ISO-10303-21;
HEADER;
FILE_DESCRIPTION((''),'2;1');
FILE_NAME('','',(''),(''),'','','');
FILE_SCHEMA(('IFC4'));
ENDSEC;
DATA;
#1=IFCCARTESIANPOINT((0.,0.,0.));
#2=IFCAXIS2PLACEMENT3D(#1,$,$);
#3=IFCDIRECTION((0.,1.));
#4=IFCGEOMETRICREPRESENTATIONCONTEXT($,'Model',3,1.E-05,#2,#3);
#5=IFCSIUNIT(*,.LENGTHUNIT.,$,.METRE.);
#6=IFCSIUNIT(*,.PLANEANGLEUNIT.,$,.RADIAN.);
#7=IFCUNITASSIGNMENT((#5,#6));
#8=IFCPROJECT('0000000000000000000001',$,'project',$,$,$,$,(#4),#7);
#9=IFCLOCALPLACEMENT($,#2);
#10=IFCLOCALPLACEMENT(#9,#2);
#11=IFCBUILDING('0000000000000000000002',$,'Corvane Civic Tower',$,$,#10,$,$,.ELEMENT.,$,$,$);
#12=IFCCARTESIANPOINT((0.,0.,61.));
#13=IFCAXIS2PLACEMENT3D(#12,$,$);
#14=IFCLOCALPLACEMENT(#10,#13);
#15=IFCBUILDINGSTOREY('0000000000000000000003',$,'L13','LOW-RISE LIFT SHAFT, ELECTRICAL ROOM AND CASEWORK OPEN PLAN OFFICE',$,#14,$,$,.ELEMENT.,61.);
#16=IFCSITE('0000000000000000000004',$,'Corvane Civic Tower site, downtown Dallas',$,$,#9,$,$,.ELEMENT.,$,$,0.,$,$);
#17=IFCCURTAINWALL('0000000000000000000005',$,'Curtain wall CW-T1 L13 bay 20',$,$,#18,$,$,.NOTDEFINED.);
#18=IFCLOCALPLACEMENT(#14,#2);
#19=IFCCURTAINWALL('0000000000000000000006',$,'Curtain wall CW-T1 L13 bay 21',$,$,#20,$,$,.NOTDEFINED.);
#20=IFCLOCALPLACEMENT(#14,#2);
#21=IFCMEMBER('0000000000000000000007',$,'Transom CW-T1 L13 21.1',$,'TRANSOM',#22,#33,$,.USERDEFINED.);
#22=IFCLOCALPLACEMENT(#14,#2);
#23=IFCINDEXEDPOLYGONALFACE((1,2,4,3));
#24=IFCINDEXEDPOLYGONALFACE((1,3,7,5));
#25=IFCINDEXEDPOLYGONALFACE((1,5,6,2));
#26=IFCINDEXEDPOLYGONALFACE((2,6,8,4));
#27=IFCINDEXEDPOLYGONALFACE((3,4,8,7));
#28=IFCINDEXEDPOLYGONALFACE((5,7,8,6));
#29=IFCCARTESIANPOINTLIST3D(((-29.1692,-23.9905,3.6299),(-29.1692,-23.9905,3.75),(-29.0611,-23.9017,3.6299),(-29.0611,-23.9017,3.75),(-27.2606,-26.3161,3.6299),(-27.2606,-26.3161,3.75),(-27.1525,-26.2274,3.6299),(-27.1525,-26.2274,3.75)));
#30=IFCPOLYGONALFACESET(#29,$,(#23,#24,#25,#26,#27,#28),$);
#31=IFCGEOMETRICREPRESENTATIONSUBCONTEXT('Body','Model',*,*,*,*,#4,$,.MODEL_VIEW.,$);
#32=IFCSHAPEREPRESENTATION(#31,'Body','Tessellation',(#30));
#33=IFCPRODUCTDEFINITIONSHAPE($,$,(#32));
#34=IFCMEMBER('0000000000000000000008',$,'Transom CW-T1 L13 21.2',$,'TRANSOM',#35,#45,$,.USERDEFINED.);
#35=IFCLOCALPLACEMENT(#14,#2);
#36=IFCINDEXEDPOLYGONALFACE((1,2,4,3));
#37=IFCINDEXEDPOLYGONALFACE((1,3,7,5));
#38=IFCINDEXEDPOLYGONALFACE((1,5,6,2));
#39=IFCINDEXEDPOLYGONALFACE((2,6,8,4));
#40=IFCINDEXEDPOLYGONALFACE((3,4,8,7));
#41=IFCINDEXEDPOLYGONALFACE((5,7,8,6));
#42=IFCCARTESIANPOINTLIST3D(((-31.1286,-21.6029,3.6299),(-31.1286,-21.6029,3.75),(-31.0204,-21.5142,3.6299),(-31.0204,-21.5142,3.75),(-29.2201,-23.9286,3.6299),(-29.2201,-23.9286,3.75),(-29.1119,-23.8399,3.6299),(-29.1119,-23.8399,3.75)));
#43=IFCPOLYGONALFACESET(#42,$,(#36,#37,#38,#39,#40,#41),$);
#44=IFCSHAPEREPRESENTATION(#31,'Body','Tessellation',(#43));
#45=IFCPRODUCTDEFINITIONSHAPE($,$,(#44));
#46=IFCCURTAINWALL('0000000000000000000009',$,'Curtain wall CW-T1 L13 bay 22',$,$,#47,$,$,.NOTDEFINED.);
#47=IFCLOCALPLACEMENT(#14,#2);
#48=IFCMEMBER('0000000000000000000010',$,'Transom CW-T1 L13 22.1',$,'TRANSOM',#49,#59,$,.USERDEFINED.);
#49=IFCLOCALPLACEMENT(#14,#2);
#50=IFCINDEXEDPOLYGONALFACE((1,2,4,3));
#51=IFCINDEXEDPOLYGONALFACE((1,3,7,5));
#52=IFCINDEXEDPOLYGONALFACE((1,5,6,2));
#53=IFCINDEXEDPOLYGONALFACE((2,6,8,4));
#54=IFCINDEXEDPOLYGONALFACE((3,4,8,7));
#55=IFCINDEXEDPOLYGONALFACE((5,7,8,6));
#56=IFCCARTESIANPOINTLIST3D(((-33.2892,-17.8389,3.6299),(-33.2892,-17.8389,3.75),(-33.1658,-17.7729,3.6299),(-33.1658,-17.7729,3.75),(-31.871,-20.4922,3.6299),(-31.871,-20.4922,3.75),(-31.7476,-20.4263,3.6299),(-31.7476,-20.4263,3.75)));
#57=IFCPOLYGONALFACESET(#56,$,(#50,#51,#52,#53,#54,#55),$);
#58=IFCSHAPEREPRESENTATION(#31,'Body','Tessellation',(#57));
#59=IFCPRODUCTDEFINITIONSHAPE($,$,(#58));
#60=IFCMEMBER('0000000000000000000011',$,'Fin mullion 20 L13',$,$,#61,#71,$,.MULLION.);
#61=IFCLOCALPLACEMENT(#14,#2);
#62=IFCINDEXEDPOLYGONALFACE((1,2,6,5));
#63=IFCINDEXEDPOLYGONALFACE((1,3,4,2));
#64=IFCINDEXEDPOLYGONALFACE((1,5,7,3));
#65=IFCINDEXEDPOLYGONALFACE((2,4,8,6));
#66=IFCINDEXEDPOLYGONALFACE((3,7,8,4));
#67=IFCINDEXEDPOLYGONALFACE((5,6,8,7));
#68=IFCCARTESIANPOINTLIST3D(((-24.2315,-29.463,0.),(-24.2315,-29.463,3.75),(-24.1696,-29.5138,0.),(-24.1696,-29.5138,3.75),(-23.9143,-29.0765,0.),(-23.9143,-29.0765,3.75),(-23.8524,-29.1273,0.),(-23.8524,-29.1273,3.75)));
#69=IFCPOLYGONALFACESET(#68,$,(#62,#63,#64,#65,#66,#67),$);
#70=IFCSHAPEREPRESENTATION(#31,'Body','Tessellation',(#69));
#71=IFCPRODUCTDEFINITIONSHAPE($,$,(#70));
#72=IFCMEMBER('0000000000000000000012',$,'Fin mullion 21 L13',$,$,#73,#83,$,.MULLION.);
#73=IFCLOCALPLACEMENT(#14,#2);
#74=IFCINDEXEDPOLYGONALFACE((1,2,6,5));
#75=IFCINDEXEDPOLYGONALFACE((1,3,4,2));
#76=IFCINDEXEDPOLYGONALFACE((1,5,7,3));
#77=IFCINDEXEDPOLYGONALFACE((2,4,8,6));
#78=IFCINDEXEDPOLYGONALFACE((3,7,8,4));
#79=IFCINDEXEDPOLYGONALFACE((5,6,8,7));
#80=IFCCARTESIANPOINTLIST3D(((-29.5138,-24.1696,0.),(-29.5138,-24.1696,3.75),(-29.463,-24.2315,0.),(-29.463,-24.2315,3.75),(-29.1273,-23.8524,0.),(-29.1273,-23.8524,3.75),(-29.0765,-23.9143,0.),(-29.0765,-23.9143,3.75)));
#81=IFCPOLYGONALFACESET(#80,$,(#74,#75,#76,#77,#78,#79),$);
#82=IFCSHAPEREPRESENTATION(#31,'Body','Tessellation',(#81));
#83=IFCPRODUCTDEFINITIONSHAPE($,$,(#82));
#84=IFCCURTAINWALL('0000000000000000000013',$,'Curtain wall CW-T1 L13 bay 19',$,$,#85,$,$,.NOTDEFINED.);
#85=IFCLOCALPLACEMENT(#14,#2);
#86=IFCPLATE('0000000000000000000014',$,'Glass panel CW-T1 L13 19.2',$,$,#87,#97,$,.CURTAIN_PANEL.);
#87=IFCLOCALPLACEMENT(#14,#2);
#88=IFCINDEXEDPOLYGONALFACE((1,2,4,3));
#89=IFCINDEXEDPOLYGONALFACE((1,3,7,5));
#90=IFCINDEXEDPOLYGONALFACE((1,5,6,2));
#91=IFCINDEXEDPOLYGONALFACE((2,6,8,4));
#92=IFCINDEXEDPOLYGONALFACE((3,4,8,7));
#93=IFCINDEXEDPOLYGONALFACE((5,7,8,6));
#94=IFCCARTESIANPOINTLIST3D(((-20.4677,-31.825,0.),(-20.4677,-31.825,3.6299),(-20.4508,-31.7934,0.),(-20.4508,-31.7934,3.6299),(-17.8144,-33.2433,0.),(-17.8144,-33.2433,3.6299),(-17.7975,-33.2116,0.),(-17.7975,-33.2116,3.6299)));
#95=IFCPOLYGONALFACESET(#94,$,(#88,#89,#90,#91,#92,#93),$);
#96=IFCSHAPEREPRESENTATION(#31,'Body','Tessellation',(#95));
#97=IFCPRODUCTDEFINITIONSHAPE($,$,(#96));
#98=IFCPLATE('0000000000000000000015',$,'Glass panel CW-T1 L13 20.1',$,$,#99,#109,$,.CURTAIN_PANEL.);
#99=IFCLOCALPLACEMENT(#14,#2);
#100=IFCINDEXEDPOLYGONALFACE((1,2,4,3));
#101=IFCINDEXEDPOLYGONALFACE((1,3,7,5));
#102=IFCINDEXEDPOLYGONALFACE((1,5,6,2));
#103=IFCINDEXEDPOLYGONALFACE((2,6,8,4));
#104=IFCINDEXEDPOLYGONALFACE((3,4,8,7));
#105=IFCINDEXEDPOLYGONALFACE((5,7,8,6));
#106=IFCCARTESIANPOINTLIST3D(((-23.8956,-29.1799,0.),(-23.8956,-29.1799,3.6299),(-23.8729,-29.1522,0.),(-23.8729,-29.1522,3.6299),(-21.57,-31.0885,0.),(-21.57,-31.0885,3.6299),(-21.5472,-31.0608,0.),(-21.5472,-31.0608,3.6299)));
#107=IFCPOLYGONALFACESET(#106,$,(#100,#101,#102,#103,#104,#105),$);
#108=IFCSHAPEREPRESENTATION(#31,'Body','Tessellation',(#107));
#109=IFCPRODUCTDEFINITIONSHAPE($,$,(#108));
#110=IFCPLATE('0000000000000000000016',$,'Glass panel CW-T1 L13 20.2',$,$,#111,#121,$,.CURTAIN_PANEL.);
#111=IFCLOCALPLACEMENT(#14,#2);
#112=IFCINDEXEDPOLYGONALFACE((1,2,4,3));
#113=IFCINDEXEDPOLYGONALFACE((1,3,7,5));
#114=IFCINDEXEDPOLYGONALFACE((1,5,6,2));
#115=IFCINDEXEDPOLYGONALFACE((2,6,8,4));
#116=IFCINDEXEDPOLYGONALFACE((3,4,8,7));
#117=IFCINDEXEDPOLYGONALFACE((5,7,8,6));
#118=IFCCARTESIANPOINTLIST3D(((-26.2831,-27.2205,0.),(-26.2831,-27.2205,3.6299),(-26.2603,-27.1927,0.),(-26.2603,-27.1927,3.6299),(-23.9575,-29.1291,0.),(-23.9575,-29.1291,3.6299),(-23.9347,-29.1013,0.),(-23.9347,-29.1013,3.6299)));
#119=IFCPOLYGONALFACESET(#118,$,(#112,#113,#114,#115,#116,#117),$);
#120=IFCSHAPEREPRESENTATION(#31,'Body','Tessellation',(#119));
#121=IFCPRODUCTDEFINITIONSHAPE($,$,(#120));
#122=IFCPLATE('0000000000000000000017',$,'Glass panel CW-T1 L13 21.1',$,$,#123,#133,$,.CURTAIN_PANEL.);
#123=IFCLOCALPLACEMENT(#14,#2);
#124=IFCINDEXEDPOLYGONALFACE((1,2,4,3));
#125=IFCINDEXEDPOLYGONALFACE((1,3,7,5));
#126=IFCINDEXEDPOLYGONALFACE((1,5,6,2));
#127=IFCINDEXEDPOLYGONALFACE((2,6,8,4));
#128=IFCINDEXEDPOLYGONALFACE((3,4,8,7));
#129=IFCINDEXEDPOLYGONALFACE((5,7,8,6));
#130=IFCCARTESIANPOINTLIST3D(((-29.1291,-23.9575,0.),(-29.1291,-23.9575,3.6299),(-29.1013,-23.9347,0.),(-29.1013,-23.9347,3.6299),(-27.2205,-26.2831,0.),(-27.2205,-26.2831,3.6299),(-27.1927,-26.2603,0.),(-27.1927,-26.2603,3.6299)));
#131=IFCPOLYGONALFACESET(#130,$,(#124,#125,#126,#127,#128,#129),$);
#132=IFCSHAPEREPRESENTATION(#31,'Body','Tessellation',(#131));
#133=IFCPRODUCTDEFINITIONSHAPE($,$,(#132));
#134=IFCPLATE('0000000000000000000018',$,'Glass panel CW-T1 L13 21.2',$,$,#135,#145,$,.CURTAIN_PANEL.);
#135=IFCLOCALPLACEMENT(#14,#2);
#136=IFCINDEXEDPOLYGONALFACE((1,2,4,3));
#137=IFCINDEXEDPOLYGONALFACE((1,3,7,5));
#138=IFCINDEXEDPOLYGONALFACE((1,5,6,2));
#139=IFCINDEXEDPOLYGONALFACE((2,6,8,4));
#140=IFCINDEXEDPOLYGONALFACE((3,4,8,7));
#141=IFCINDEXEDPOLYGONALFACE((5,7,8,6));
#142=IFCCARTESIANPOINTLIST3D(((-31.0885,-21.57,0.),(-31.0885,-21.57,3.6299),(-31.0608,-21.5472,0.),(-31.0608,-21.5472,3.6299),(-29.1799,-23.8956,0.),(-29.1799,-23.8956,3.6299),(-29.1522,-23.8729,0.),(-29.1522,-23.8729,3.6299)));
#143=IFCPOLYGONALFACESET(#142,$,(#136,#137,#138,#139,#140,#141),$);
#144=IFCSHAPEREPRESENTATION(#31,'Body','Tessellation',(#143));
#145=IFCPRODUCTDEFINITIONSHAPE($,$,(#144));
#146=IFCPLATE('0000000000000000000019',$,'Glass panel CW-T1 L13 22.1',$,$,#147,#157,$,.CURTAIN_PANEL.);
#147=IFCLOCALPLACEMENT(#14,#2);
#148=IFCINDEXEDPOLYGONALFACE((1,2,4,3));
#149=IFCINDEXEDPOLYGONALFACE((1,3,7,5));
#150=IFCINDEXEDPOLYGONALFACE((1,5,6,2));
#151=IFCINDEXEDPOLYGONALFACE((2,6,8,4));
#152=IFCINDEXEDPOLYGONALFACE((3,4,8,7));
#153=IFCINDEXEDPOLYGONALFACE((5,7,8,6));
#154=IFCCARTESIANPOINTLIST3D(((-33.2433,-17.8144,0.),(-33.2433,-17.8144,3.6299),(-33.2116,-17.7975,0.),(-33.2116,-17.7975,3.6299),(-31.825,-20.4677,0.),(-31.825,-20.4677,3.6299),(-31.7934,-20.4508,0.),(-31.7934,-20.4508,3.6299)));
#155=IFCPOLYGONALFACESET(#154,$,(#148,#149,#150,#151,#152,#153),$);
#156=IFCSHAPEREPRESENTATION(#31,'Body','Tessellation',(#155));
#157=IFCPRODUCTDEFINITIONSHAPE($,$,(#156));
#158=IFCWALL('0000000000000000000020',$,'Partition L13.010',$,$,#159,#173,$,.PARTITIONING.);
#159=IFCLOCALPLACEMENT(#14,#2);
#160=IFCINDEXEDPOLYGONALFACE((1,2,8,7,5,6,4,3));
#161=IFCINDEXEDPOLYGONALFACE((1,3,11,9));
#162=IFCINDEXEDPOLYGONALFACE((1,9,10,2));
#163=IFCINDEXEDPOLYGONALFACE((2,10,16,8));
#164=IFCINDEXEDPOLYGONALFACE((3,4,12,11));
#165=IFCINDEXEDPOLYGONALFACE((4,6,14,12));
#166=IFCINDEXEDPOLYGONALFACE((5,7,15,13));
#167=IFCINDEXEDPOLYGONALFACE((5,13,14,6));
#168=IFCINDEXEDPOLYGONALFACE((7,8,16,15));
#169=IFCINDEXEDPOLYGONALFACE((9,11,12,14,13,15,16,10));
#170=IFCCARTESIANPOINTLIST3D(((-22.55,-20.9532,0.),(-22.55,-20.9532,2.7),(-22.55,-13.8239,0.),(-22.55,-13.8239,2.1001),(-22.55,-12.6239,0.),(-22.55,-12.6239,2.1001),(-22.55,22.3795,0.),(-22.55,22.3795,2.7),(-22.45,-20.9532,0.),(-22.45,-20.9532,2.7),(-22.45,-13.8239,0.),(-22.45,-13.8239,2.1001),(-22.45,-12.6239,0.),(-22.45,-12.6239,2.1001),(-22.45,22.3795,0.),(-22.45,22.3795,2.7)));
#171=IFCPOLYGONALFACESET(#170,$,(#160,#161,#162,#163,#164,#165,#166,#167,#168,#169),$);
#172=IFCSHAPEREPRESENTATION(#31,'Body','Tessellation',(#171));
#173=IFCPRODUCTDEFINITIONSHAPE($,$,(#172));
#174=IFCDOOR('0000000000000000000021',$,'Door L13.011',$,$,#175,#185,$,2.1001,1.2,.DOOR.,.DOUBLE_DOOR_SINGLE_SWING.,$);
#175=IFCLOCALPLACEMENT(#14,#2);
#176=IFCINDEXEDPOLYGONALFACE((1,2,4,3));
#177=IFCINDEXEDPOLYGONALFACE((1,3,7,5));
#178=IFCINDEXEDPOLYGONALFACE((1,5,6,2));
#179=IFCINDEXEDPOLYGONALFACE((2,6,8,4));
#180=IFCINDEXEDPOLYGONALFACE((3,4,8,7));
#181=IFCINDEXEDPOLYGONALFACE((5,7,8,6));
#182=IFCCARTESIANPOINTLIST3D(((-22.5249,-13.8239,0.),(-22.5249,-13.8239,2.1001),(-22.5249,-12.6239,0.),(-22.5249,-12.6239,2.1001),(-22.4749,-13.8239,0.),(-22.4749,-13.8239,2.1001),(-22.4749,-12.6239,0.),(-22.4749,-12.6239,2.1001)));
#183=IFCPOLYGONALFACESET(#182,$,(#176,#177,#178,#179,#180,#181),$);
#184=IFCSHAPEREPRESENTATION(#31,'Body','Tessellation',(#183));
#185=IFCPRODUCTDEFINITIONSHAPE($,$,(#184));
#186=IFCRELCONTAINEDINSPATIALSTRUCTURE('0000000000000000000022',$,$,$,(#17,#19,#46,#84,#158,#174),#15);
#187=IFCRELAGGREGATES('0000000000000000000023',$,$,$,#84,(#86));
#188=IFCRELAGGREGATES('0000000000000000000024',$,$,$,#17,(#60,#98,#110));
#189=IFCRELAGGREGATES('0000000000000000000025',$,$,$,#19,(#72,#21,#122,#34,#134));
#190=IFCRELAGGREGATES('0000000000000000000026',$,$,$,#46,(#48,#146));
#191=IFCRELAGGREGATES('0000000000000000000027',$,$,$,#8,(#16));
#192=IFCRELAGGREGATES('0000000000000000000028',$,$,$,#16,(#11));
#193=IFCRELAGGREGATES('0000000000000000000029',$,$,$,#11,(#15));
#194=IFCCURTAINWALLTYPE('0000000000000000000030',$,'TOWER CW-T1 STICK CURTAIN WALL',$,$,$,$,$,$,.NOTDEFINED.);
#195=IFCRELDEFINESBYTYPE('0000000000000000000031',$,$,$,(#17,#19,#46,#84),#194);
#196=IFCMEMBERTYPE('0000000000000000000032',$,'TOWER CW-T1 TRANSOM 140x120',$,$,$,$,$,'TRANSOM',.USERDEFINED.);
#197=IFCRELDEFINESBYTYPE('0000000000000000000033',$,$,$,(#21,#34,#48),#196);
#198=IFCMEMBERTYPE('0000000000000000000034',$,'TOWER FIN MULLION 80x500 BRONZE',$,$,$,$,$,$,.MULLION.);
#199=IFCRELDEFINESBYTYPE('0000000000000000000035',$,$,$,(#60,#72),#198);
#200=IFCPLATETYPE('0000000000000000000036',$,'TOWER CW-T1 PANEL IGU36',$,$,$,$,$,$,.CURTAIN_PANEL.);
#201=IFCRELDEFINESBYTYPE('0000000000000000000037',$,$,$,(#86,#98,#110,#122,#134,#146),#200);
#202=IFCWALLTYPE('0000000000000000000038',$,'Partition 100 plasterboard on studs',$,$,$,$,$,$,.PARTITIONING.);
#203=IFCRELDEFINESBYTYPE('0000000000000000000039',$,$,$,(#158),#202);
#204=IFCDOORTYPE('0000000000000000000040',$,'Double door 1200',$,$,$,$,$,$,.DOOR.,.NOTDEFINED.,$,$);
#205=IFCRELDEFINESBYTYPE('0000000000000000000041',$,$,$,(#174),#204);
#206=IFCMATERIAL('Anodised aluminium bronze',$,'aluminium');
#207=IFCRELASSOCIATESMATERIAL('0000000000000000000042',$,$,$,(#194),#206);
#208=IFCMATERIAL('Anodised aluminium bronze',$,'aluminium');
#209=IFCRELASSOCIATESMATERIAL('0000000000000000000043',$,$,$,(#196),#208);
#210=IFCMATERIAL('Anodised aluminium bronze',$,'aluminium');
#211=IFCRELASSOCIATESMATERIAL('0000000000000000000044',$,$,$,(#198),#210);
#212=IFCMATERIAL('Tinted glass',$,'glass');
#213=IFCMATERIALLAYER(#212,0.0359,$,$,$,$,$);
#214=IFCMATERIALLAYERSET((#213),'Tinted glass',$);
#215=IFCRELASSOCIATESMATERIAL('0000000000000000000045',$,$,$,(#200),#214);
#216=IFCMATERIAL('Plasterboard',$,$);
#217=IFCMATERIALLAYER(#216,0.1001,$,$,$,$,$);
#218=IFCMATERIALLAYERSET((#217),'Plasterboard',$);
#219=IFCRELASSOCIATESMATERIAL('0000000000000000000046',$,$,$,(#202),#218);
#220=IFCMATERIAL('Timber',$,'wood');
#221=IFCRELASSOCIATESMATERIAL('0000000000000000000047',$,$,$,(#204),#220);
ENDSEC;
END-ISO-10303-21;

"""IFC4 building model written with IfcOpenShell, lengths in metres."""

from ifc_helpers import new_model, si_unit, direction, frame, frame_2d, origin, origin_2d, place, context, subcontext, project, spatial, rectangle, extrude, material, layer, layer_set, material_profile, profile_set, type_object, element, fill, aggregate, save


model = new_model("IFC4")

# Units and contexts
model_context = context("Model", 3, precision=1e-05, world=origin(), true_north=direction((0.0, 1.0)))
body_context = subcontext(model_context, "Body", "Model", "MODEL_VIEW")
ifc_project = project(units=[si_unit("LENGTHUNIT", "METRE"), si_unit("PLANEANGLEUNIT", "RADIAN")], contexts=[model_context])

# Site, building, storey
site_placement = place(None, origin())
site = spatial("IfcSite", under=ifc_project, at=site_placement, Name="Corvane Civic Tower site, downtown Dallas", CompositionType="ELEMENT", RefElevation=0.0)
building_placement = place(site_placement, origin())
building = spatial("IfcBuilding", under=site, at=building_placement, Name="Corvane Civic Tower", CompositionType="ELEMENT")
storey_placement = place(building_placement, frame((0.0, 0.0, 61.0)))
storey = spatial("IfcBuildingStorey", under=building, at=storey_placement, Name="L13", Description="LOW-RISE LIFT SHAFT, ELECTRICAL ROOM AND CASEWORK OPEN PLAN OFFICE", CompositionType="ELEMENT", Elevation=61.0)

# Curtain walls, members
ifc_material_1 = material(Name="Anodised aluminium bronze", Category="aluminium")
curtain_wall_type = type_object("IfcCurtainWallType", Name="TOWER CW-T1 STICK CURTAIN WALL", PredefinedType="NOTDEFINED", material=ifc_material_1)
curtain_wall_1_placement = place(storey_placement, origin())
curtain_wall_1 = element("IfcCurtainWall", 1, at=curtain_wall_1_placement, inside=storey, type_object=curtain_wall_type, Name="Curtain wall CW-T1 L13 bay 20", PredefinedType="NOTDEFINED")
ifc_material_2 = material(Name="Anodised aluminium bronze", Category="aluminium")
ifc_material_profile_1 = material_profile(ifc_material_2, rectangle(XDim=0.1399, YDim=0.1201, at=origin_2d()), Name="TOWER CW-T1 TRANSOM 140x120")
ifc_profile_set_1 = profile_set([ifc_material_profile_1], Name="Anodised aluminium bronze")
member_type_1 = type_object("IfcMemberType", Name="TOWER CW-T1 TRANSOM 140x120", ElementType="TRANSOM", PredefinedType="USERDEFINED", material=ifc_profile_set_1)
curtain_wall_2_placement = place(storey_placement, origin())
curtain_wall_2 = element("IfcCurtainWall", 2, at=curtain_wall_2_placement, inside=storey, type_object=curtain_wall_type, Name="Curtain wall CW-T1 L13 bay 21", PredefinedType="NOTDEFINED")
member_1_placement = place(storey_placement, frame((-27.2065, -26.2717, 3.6899), z_axis=(-0.634404, 0.773002, 0.0), x_axis=(-0.773002, -0.634404, 0.0)))
member_1 = element("IfcMember", 3, at=member_1_placement, type_object=member_type_1, Name="Transom CW-T1 L13 21.1", ObjectType="TRANSOM", PredefinedType="USERDEFINED", context=body_context, shape_type="SweptSolid", body=[
    extrude(rectangle(XDim=0.1399, YDim=0.1201, at=origin_2d()), origin(), (0.0, 0.0, 1.0), 3.0085),
])
member_2_placement = place(storey_placement, frame((-29.166, -23.8843, 3.6899), z_axis=(-0.634355, 0.773042, 0.0), x_axis=(-0.773042, -0.634355, 0.0)))
member_2 = element("IfcMember", 4, at=member_2_placement, type_object=member_type_1, Name="Transom CW-T1 L13 21.2", ObjectType="TRANSOM", PredefinedType="USERDEFINED", context=body_context, shape_type="SweptSolid", body=[
    extrude(rectangle(XDim=0.1399, YDim=0.1201, at=origin_2d()), origin(), (0.0, 0.0, 1.0), 3.0085),
])

# Curtain wall, member
curtain_wall_3_placement = place(storey_placement, origin())
curtain_wall_3 = element("IfcCurtainWall", 5, at=curtain_wall_3_placement, inside=storey, type_object=curtain_wall_type, Name="Curtain wall CW-T1 L13 bay 22", PredefinedType="NOTDEFINED")
member_3_placement = place(storey_placement, frame((-31.8093, -20.4592, 3.6899), z_axis=(-0.471393, 0.881924, 0.0), x_axis=(-0.881924, -0.471393, 0.0)))
member_3 = element("IfcMember", 6, at=member_3_placement, type_object=member_type_1, Name="Transom CW-T1 L13 22.1", ObjectType="TRANSOM", PredefinedType="USERDEFINED", context=body_context, shape_type="SweptSolid", body=[
    extrude(rectangle(XDim=0.1399, YDim=0.1201, at=origin_2d()), origin(), (0.0, 0.0, 1.0), 3.0085),
])

# Members
ifc_material_3 = material(Name="Anodised aluminium bronze", Category="aluminium")
ifc_material_profile_2 = material_profile(ifc_material_3, rectangle(XDim=0.0801, YDim=0.5, at=origin_2d()), Name="TOWER FIN MULLION 80x500 BRONZE")
ifc_profile_set_2 = profile_set([ifc_material_profile_2], Name="Anodised aluminium bronze")
member_type_2 = type_object("IfcMemberType", Name="TOWER FIN MULLION 80x500 BRONZE", PredefinedType="MULLION", material=ifc_profile_set_2)
member_4_placement = place(storey_placement, frame((-24.042, -29.2952, 0.0), z_axis=(0.0, 0.0, 1.0), x_axis=(-0.773007, 0.634397, 0.0)))
member_4 = element("IfcMember", 7, at=member_4_placement, type_object=member_type_2, Name="Fin mullion 20 L13", PredefinedType="MULLION", context=body_context, shape_type="SweptSolid", body=[
    extrude(rectangle(XDim=0.0801, YDim=0.5, at=origin_2d()), origin(), (0.0, 0.0, 1.0), 3.75),
])
member_5_placement = place(storey_placement, frame((-29.2952, -24.042, 0.0), z_axis=(0.0, 0.0, 1.0), x_axis=(-0.634397, 0.773007, 0.0)))
member_5 = element("IfcMember", 8, at=member_5_placement, type_object=member_type_2, Name="Fin mullion 21 L13", PredefinedType="MULLION", context=body_context, shape_type="SweptSolid", body=[
    extrude(rectangle(XDim=0.0801, YDim=0.5, at=origin_2d()), origin(), (0.0, 0.0, 1.0), 3.75),
])

# Curtain wall, plate
curtain_wall_4_placement = place(storey_placement, origin())
curtain_wall_4 = element("IfcCurtainWall", 9, at=curtain_wall_4_placement, inside=storey, type_object=curtain_wall_type, Name="Curtain wall CW-T1 L13 bay 19", PredefinedType="NOTDEFINED")
ifc_material_4 = material(Name="Tinted glass", Category="glass")
ifc_layer_1 = layer(ifc_material_4, 0.0359)
ifc_layer_set_1 = layer_set([ifc_layer_1], Name="Tinted glass")
plate_type = type_object("IfcPlateType", Name="TOWER CW-T1 PANEL IGU36", PredefinedType="CURTAIN_PANEL", material=ifc_layer_set_1)
plate_1_placement = place(storey_placement, frame((-19.1326, -32.5183, 0.0), z_axis=(0.0, 0.0, 1.0), x_axis=(-0.881918, 0.471404, 0.0)))
plate_1 = element("IfcPlate", 10, at=plate_1_placement, type_object=plate_type, Name="Glass panel CW-T1 L13 19.2", PredefinedType="CURTAIN_PANEL", context=body_context, shape_type="SweptSolid", body=[
    extrude(rectangle(XDim=3.0085, YDim=0.0359, at=origin_2d()), origin(), (0.0, 0.0, 1.0), 3.6299),
])
aggregate(curtain_wall_4, [plate_1])

# Plates
plate_2_placement = place(storey_placement, frame((-22.7214, -30.1204, 0.0), z_axis=(0.0, 0.0, 1.0), x_axis=(-0.773007, 0.634397, 0.0)))
plate_2 = element("IfcPlate", 11, at=plate_2_placement, type_object=plate_type, Name="Glass panel CW-T1 L13 20.1", PredefinedType="CURTAIN_PANEL", context=body_context, shape_type="SweptSolid", body=[
    extrude(rectangle(XDim=3.0085, YDim=0.0359, at=origin_2d()), origin(), (0.0, 0.0, 1.0), 3.6299),
])
plate_3_placement = place(storey_placement, frame((-25.1089, -28.1609, 0.0), z_axis=(0.0, 0.0, 1.0), x_axis=(-0.773007, 0.634397, 0.0)))
plate_3 = element("IfcPlate", 12, at=plate_3_placement, type_object=plate_type, Name="Glass panel CW-T1 L13 20.2", PredefinedType="CURTAIN_PANEL", context=body_context, shape_type="SweptSolid", body=[
    extrude(rectangle(XDim=3.0085, YDim=0.0359, at=origin_2d()), origin(), (0.0, 0.0, 1.0), 3.6299),
])
aggregate(curtain_wall_1, [member_4, plate_2, plate_3])
plate_4_placement = place(storey_placement, frame((-28.1609, -25.1089, 0.0), z_axis=(0.0, 0.0, 1.0), x_axis=(-0.634397, 0.773007, 0.0)))
plate_4 = element("IfcPlate", 13, at=plate_4_placement, type_object=plate_type, Name="Glass panel CW-T1 L13 21.1", PredefinedType="CURTAIN_PANEL", context=body_context, shape_type="SweptSolid", body=[
    extrude(rectangle(XDim=3.0085, YDim=0.0359, at=origin_2d()), origin(), (0.0, 0.0, 1.0), 3.6299),
])
plate_5_placement = place(storey_placement, frame((-30.1204, -22.7214, 0.0), z_axis=(0.0, 0.0, 1.0), x_axis=(-0.634397, 0.773007, 0.0)))
plate_5 = element("IfcPlate", 14, at=plate_5_placement, type_object=plate_type, Name="Glass panel CW-T1 L13 21.2", PredefinedType="CURTAIN_PANEL", context=body_context, shape_type="SweptSolid", body=[
    extrude(rectangle(XDim=3.0085, YDim=0.0359, at=origin_2d()), origin(), (0.0, 0.0, 1.0), 3.6299),
])
aggregate(curtain_wall_2, [member_5, member_1, plate_4, member_2, plate_5])
plate_6_placement = place(storey_placement, frame((-32.5183, -19.1326, 0.0), z_axis=(0.0, 0.0, 1.0), x_axis=(-0.471404, 0.881918, 0.0)))
plate_6 = element("IfcPlate", 15, at=plate_6_placement, type_object=plate_type, Name="Glass panel CW-T1 L13 22.1", PredefinedType="CURTAIN_PANEL", context=body_context, shape_type="SweptSolid", body=[
    extrude(rectangle(XDim=3.0085, YDim=0.0359, at=origin_2d()), origin(), (0.0, 0.0, 1.0), 3.6299),
])
aggregate(curtain_wall_3, [member_3, plate_6])

# Wall, opening, door
ifc_material_5 = material(Name="Plasterboard")
ifc_layer_2 = layer(ifc_material_5, 0.1001)
ifc_layer_set_2 = layer_set([ifc_layer_2], Name="Plasterboard")
wall_type_1 = type_object("IfcWallType", Name="Partition 100 plasterboard on studs", PredefinedType="PARTITIONING", material=ifc_layer_set_2)
wall_1_placement = place(storey_placement, frame((-22.5, -20.9534, 0.0), z_axis=(0.0, 0.0, 1.0), x_axis=(0.0, 1.0, 0.0)))
wall_1 = element("IfcWall", 16, at=wall_1_placement, inside=storey, type_object=wall_type_1, Name="Partition L13.010", PredefinedType="PARTITIONING", context=body_context, shape_type="SweptSolid", body=[
    extrude(rectangle(XDim=43.3328, YDim=0.1001, at=frame_2d((21.6665, 0.0))), origin(), (0.0, 0.0, 1.0), 2.7),
])
opening_1_placement = place(wall_1_placement, frame((7.1294, 0.0, 0.0)))
opening_1 = element("IfcOpeningElement", 17, at=opening_1_placement, cuts=wall_1, PredefinedType="OPENING", context=body_context, shape_type="SweptSolid", body=[
    extrude(rectangle(XDim=1.2, YDim=2.1001, at=frame_2d((0.6001, 1.05))), frame((0.0, 0.0601, 0.0), z_axis=(0.0, -1.0, 0.0), x_axis=(1.0, 0.0, 0.0)), (0.0, 0.0, 1.0), 0.1201),
])
ifc_material_6 = material(Name="Timber", Category="wood")
door_type_1 = type_object("IfcDoorType", Name="Double door 1200", OperationType="NOTDEFINED", PredefinedType="DOOR", material=ifc_material_6)
door_1_placement = place(opening_1_placement, origin())
door_1 = element("IfcDoor", 18, at=door_1_placement, inside=storey, type_object=door_type_1, Name="Door L13.011", OperationType="DOUBLE_DOOR_SINGLE_SWING", OverallHeight=2.1001, OverallWidth=1.2, PredefinedType="DOOR", context=body_context, shape_type="SweptSolid", body=[
    extrude(rectangle(XDim=1.2, YDim=2.1001, at=frame_2d((0.6001, 1.05))), frame((0.0, 0.0249, 0.0), z_axis=(0.0, -1.0, 0.0), x_axis=(1.0, 0.0, 0.0)), (0.0, 0.0, 1.0), 0.05),
])
fill(opening_1, door_1)

save(model, "model.ifc")
